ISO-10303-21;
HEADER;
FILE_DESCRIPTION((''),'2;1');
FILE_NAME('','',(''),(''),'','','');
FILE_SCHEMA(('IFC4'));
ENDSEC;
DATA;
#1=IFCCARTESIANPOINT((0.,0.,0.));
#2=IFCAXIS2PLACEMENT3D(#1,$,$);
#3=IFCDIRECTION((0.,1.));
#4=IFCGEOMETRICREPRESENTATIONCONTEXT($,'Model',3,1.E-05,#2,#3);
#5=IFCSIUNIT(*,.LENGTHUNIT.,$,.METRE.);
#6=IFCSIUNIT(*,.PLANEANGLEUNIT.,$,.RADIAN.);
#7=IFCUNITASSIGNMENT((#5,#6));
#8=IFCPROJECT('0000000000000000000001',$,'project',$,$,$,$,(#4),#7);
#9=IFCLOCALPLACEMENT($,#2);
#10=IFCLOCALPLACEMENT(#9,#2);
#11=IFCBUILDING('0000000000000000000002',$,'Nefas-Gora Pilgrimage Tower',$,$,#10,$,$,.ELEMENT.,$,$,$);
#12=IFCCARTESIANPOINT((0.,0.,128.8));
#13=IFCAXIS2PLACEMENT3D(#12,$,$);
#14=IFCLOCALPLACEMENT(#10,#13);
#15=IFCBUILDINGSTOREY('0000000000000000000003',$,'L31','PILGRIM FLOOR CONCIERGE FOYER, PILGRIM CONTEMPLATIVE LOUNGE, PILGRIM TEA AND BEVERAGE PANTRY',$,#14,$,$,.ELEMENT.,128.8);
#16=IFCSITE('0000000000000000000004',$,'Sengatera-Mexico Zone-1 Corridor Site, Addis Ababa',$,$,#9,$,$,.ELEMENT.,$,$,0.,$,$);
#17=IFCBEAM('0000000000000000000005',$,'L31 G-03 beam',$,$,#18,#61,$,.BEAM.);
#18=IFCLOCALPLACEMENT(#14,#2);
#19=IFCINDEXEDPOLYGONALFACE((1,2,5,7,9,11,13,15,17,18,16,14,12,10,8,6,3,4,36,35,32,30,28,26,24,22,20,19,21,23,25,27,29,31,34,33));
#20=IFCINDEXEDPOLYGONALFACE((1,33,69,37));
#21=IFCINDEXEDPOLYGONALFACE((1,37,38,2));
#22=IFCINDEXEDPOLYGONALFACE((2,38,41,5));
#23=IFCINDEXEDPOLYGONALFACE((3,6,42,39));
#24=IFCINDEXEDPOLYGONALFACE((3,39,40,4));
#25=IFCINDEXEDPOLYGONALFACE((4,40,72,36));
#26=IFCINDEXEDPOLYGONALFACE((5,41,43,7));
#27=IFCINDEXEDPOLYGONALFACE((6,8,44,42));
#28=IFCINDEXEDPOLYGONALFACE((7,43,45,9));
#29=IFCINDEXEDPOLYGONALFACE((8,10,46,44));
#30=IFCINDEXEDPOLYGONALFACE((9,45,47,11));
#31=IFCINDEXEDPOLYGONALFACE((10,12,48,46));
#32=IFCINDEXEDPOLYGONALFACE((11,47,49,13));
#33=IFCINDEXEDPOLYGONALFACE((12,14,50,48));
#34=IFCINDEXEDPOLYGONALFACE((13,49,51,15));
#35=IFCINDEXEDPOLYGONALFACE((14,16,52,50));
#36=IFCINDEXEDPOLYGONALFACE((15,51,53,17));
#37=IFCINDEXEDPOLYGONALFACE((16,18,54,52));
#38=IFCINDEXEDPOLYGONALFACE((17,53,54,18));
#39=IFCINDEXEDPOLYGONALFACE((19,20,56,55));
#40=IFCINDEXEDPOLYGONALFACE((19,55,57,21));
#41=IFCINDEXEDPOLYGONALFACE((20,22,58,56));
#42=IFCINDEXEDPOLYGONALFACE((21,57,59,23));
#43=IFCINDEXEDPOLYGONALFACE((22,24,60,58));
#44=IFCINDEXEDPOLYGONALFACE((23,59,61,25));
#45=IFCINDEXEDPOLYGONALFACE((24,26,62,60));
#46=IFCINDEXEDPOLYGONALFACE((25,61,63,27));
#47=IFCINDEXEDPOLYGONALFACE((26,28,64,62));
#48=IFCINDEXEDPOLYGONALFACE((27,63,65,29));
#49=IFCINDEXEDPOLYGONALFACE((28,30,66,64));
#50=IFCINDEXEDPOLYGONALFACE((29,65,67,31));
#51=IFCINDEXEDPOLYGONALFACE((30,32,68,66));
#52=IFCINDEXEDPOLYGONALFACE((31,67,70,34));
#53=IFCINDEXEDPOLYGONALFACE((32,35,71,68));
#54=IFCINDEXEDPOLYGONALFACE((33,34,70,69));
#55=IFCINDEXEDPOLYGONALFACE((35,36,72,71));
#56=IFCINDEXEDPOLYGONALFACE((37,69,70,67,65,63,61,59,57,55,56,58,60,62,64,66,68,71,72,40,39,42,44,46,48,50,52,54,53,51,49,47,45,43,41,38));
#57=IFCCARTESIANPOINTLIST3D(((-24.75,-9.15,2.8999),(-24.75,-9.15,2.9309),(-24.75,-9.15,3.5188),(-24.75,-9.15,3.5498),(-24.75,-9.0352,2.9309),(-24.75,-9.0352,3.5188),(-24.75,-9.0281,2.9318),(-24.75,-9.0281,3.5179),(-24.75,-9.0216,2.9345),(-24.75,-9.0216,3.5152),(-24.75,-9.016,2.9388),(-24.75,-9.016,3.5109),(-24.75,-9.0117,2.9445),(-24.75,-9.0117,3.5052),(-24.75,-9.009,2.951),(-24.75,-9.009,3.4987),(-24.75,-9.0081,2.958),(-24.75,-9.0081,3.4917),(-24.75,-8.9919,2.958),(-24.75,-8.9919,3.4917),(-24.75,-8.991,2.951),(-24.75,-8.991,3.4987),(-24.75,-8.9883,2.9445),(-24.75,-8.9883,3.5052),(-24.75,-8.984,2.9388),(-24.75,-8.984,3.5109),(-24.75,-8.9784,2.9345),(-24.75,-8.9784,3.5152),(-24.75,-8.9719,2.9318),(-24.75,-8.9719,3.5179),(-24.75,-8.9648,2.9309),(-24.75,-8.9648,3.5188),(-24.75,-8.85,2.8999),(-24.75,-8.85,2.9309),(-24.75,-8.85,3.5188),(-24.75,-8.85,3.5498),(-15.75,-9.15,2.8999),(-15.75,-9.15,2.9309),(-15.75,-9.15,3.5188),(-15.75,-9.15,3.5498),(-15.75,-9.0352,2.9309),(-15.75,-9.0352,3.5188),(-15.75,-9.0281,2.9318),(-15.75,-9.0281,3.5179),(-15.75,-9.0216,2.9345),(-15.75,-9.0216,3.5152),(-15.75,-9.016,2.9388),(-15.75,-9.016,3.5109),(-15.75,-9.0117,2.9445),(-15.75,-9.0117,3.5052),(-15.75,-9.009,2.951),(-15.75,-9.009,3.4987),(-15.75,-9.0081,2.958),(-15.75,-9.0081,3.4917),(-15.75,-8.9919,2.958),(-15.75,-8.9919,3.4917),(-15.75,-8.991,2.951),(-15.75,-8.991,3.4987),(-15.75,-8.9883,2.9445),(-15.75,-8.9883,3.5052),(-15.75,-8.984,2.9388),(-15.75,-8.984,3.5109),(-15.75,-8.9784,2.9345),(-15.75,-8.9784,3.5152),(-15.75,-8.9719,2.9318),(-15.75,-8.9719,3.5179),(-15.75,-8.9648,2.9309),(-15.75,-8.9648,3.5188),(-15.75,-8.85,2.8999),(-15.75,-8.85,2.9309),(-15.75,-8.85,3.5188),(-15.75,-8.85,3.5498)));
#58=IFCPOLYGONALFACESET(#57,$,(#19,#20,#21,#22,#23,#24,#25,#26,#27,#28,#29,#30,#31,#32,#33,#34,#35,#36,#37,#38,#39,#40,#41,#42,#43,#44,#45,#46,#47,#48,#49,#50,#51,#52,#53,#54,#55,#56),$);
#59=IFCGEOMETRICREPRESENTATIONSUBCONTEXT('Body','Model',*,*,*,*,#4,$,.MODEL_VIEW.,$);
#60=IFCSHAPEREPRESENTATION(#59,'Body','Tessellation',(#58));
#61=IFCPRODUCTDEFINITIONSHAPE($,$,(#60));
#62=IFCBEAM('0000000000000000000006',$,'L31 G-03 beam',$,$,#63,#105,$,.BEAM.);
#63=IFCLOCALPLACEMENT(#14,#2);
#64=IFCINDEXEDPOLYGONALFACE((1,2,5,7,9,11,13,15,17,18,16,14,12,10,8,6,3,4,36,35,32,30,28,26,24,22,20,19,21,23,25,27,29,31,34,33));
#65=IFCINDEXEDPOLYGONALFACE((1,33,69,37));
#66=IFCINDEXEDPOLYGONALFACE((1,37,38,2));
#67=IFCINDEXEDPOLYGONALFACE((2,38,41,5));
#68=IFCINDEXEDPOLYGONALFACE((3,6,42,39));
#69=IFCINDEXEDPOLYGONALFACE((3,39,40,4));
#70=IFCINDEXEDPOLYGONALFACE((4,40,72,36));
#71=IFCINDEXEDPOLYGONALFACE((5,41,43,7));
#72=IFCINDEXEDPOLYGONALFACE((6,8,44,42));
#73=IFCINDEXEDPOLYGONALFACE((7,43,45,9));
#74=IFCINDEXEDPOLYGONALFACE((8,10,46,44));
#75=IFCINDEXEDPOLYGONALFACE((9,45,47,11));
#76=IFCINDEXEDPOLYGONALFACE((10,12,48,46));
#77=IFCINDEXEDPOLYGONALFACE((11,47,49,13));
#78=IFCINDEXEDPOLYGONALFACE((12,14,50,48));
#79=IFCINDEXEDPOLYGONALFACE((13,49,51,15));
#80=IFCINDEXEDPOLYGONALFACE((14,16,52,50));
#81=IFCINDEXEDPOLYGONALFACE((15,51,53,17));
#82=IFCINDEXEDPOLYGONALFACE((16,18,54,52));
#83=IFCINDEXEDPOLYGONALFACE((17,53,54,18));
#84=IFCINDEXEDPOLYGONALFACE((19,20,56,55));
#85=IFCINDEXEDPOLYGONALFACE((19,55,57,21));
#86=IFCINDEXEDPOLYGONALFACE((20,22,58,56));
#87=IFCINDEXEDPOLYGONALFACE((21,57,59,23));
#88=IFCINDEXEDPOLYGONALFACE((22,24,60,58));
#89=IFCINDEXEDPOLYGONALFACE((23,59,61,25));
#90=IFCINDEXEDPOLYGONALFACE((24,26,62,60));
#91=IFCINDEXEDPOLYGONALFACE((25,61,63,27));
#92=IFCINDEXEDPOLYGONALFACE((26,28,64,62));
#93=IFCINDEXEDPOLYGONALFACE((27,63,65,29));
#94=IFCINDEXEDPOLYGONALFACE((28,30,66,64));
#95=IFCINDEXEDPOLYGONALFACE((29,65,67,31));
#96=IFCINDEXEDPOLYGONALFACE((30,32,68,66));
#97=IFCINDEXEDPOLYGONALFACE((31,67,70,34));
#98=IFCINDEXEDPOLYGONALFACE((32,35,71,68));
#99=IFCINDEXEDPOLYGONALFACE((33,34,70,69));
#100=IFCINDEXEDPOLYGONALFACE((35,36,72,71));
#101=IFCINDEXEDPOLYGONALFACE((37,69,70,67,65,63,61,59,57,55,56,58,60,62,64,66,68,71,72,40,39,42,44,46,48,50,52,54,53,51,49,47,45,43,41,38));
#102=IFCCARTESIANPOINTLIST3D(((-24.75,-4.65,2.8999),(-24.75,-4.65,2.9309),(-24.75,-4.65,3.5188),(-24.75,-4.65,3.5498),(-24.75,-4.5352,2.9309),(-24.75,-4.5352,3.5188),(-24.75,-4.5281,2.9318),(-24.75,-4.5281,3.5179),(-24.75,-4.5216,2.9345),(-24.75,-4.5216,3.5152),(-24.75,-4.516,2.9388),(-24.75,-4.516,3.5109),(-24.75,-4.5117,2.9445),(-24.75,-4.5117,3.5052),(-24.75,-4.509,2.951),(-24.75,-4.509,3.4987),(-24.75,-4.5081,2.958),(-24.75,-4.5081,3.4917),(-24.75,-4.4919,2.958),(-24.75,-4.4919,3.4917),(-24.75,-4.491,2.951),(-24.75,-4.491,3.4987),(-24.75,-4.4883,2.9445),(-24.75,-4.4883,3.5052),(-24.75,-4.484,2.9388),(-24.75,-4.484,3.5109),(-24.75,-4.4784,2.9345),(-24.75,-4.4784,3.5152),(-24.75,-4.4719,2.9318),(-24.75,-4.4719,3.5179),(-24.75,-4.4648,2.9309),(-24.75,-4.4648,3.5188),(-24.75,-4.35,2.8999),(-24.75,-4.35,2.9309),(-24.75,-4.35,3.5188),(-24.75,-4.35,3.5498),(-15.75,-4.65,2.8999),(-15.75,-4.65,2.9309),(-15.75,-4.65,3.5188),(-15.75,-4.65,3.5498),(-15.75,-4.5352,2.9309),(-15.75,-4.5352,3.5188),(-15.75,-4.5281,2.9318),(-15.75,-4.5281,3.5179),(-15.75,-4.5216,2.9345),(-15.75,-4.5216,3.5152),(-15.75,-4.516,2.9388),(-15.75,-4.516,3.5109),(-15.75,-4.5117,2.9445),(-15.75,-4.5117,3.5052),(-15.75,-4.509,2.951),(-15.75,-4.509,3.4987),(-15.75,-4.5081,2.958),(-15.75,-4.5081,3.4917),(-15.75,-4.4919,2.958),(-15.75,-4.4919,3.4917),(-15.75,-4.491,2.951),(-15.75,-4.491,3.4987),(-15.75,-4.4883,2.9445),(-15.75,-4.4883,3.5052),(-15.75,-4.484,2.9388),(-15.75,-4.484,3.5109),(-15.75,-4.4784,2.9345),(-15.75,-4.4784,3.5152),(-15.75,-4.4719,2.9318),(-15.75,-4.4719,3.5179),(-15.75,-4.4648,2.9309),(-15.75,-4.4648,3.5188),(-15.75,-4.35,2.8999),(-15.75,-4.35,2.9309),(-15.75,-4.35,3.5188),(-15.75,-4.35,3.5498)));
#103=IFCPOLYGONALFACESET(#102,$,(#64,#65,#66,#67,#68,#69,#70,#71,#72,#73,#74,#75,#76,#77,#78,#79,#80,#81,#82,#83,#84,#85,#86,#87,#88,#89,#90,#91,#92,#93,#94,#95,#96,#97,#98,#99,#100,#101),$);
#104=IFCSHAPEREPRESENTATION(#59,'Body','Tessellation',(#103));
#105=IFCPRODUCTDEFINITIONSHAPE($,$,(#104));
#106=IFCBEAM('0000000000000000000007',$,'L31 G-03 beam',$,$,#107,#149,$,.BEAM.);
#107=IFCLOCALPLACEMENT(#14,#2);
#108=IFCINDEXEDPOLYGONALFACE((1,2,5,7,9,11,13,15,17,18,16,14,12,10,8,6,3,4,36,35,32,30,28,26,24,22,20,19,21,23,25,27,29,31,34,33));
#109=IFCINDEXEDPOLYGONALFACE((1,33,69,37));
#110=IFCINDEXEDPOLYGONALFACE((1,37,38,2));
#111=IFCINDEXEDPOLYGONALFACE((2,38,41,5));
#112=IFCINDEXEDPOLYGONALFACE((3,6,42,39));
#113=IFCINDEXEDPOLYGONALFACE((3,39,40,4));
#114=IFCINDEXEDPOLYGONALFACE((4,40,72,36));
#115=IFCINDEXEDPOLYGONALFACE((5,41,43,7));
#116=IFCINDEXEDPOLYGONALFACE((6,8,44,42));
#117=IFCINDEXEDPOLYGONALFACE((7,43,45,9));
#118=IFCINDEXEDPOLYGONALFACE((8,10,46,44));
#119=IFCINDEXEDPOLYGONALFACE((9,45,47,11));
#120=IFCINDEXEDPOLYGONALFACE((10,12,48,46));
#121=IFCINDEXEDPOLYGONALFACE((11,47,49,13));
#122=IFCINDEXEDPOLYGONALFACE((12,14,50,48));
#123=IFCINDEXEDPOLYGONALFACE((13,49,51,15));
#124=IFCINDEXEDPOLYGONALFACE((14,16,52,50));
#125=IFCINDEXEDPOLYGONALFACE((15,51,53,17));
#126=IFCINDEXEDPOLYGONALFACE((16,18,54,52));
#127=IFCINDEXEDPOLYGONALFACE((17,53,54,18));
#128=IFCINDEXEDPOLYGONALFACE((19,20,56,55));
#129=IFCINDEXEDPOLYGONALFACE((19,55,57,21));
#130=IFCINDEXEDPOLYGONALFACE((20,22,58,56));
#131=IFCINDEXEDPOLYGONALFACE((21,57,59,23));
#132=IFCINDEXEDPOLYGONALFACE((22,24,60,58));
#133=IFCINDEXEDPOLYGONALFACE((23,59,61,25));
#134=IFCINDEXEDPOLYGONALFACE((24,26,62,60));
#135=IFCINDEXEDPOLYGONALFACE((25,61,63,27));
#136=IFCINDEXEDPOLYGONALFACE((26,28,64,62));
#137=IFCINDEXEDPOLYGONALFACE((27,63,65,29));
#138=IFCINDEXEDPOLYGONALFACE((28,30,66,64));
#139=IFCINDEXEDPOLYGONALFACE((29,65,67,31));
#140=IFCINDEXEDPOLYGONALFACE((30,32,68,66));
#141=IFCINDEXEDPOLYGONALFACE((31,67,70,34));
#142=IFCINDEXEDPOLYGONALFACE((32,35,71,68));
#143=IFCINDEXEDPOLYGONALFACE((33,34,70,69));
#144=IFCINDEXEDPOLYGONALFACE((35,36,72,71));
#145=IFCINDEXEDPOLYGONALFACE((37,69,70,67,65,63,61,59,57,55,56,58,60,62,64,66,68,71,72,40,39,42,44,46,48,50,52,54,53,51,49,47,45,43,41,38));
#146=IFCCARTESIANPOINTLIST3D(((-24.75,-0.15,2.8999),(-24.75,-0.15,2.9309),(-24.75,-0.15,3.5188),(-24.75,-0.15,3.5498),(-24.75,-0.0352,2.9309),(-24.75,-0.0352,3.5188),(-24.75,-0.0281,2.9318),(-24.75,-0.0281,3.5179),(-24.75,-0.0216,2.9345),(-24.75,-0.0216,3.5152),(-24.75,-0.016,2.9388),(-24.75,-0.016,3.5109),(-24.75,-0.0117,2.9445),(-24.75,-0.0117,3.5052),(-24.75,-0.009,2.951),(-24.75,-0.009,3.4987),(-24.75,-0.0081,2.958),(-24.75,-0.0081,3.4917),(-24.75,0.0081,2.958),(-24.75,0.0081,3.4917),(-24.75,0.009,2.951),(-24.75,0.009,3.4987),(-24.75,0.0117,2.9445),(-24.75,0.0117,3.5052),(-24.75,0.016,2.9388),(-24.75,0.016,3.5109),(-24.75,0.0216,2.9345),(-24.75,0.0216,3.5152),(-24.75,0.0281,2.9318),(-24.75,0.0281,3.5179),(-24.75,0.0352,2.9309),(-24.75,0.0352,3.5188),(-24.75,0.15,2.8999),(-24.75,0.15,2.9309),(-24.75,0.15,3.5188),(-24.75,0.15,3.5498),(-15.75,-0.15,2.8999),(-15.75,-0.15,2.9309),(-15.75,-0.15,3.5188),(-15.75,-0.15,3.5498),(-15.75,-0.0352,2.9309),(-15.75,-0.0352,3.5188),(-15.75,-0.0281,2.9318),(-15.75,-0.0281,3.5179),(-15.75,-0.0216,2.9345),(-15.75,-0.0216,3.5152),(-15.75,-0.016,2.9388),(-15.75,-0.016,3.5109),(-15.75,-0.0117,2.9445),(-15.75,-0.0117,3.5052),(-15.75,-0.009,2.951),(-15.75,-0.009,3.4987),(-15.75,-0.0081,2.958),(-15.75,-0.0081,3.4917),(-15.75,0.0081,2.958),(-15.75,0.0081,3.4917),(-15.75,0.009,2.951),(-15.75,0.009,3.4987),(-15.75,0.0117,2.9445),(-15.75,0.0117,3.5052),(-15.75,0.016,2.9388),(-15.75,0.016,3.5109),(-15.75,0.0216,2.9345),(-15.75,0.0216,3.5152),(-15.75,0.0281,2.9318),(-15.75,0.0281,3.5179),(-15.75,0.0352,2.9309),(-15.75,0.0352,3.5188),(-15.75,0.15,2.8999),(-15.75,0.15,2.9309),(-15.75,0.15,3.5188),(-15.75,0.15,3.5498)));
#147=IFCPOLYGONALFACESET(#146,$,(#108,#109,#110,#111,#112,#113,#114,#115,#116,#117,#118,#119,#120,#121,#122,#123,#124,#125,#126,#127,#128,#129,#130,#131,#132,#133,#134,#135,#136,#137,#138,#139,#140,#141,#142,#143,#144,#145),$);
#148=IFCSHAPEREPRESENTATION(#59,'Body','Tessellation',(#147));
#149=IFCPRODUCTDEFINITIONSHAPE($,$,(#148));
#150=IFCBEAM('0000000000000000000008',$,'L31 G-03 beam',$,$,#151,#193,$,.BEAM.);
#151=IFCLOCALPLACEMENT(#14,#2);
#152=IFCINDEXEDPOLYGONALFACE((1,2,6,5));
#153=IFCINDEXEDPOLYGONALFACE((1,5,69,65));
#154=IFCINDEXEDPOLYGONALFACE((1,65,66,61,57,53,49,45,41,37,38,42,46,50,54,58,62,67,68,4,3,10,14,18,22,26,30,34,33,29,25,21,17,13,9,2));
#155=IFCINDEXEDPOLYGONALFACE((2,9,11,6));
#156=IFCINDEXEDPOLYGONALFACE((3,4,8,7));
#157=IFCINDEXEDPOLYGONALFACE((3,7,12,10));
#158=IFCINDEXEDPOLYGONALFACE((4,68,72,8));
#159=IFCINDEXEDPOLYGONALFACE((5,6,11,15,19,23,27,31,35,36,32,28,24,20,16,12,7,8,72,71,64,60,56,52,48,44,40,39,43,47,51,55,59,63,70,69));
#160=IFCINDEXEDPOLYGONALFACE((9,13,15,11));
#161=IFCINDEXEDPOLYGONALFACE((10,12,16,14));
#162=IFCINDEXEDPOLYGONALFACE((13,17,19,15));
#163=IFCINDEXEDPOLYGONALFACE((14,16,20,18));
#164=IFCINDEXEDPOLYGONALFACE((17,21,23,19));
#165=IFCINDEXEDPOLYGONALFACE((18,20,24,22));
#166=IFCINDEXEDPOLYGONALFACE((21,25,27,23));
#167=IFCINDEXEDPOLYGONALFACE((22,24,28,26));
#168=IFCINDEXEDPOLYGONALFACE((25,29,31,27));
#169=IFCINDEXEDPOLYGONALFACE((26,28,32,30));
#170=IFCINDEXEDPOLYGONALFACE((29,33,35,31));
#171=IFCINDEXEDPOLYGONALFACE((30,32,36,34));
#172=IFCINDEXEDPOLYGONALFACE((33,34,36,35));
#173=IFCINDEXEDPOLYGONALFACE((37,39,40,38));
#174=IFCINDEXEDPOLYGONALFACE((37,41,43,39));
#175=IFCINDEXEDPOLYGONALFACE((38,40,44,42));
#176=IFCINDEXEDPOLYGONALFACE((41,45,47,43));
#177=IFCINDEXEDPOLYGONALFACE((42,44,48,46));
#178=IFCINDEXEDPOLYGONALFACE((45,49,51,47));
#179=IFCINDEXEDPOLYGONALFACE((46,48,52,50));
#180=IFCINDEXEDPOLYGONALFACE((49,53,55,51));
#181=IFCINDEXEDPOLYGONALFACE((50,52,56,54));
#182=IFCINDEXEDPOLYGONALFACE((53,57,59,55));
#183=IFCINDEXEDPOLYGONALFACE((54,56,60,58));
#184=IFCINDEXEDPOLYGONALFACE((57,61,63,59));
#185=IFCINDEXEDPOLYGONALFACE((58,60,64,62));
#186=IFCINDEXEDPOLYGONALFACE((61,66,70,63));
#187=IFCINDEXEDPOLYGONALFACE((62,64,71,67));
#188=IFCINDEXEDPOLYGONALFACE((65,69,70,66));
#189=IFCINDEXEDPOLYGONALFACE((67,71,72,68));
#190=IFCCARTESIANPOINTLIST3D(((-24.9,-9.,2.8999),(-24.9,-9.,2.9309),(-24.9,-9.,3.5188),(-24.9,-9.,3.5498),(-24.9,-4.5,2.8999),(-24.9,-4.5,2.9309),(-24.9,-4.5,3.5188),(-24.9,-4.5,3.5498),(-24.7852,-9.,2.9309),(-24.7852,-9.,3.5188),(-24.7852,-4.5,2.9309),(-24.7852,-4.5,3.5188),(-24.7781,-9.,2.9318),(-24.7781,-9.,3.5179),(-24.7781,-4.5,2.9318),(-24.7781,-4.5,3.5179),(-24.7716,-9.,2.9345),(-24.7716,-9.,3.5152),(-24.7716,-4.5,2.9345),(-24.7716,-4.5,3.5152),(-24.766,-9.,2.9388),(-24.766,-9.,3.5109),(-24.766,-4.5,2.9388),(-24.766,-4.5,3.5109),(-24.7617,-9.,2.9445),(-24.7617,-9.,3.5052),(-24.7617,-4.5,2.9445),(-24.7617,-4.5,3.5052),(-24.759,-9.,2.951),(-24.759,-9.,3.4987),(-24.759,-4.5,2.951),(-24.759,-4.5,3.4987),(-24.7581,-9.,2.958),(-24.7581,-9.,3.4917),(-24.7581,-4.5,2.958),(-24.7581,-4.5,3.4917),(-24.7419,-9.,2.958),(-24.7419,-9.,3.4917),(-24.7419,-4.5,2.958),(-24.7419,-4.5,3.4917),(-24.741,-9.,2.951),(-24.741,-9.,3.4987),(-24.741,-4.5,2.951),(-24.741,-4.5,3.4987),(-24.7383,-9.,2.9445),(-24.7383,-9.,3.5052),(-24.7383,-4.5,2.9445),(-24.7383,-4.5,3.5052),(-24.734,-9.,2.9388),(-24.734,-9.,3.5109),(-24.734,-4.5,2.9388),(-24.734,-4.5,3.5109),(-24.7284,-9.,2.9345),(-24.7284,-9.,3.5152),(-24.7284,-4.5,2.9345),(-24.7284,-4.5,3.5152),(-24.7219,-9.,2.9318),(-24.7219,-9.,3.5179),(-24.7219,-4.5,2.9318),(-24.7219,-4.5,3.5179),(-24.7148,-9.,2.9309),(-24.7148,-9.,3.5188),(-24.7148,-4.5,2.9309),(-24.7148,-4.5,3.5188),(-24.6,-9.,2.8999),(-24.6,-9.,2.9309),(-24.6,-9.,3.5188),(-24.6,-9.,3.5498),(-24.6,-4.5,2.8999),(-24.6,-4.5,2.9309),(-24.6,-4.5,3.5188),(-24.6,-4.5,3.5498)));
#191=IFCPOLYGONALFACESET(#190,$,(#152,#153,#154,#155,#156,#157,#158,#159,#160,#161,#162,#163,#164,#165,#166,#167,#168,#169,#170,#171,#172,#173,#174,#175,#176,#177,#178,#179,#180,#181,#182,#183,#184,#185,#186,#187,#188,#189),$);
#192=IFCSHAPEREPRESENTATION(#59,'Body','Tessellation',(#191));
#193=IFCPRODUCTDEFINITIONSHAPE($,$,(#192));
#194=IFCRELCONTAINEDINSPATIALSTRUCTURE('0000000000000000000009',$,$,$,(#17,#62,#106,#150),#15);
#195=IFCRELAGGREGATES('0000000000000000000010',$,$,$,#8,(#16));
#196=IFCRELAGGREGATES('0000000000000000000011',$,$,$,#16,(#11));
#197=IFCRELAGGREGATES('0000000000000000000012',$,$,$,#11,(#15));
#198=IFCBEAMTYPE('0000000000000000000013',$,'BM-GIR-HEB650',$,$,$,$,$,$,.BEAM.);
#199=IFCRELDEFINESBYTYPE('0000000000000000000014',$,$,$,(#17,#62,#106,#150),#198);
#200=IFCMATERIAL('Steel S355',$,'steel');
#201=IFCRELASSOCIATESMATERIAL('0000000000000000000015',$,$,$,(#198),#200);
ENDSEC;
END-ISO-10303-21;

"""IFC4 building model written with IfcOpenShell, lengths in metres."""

from ifc_helpers import new_model, si_unit, direction, frame, origin, origin_2d, place, context, subcontext, project, spatial, i_section, extrude, source, transform, mapped, material, material_profile, profile_set, type_object, element, save


model = new_model("IFC4")

# Units and contexts
model_context = context("Model", 3, precision=1e-05, world=origin(), true_north=direction((0.0, 1.0)))
body_context = subcontext(model_context, "Body", "Model", "MODEL_VIEW")
ifc_project = project(units=[si_unit("LENGTHUNIT", "METRE"), si_unit("PLANEANGLEUNIT", "RADIAN")], contexts=[model_context])

# Site, building, storey
site_placement = place(None, origin())
site = spatial("IfcSite", under=ifc_project, at=site_placement, Name="Sengatera-Mexico Zone-1 Corridor Site, Addis Ababa", CompositionType="ELEMENT", RefElevation=0.0)
building_placement = place(site_placement, origin())
building = spatial("IfcBuilding", under=site, at=building_placement, Name="Nefas-Gora Pilgrimage Tower", CompositionType="ELEMENT")
storey_placement = place(building_placement, frame((0.0, 0.0, 128.8)))
storey = spatial("IfcBuildingStorey", under=building, at=storey_placement, Name="L31", Description="PILGRIM FLOOR CONCIERGE FOYER, PILGRIM CONTEMPLATIVE LOUNGE, PILGRIM TEA AND BEVERAGE PANTRY", CompositionType="ELEMENT", Elevation=128.8)

# Beams
ifc_material_1 = material(Name="Steel S355", Category="steel")
ifc_material_profile_1 = material_profile(ifc_material_1, i_section(OverallWidth=0.3, OverallDepth=0.6499, WebThickness=0.0161, FlangeThickness=0.031, FilletRadius=0.0271, at=origin_2d()), Name="HEB 650")
ifc_profile_set_1 = profile_set([ifc_material_profile_1], Name="Steel S355")
beam_type_1 = type_object("IfcBeamType", Name="BM-GIR-HEB650", PredefinedType="BEAM", material=ifc_profile_set_1)
shared_shape_1 = source(origin(), body_context, "Body", "SweptSolid", [
    extrude(i_section(OverallWidth=0.3, OverallDepth=0.6499, WebThickness=0.0161, FlangeThickness=0.031, FilletRadius=0.0271, at=origin_2d()), origin(), (0.0, 0.0, 1.0), 9.0),
])
for number, where, z_axis, x_axis, name in (
    (1, (-24.75, -9.0, 3.2249), (1.0, 0.0, 0.0), (0.0, 1.0, 0.0), "L31 G-03 beam"),
    (2, (-24.75, -4.5, 3.2249), (1.0, 0.0, 0.0), (0.0, 1.0, 0.0), "L31 G-03 beam"),
    (3, (-24.75, 0.0, 3.2249), (1.0, 0.0, 0.0), (0.0, 1.0, 0.0), "L31 G-03 beam"),
):
    element("IfcBeam", number, at=place(storey_placement, frame(where, z_axis=z_axis, x_axis=x_axis)), inside=storey, type_object=beam_type_1, Name=name, PredefinedType="BEAM", context=body_context, shape_type="MappedRepresentation", body=[
        mapped(shared_shape_1, transform((0.0, 0.0, 0.0), x_axis=(1.0, 0.0, 0.0), y_axis=(0.0, 1.0, 0.0), z_axis=(0.0, 0.0, 1.0), scale=1.0)),
    ])
shared_shape_2 = source(origin(), body_context, "Body", "SweptSolid", [
    extrude(i_section(OverallWidth=0.3, OverallDepth=0.6499, WebThickness=0.0161, FlangeThickness=0.031, FilletRadius=0.0271, at=origin_2d()), origin(), (0.0, 0.0, 1.0), 4.5),
])
for number, where, z_axis, x_axis, name in (
    (4, (-24.75, -9.0, 3.2249), (0.0, 1.0, 0.0), (-1.0, 0.0, 0.0), "L31 G-03 beam"),
):
    element("IfcBeam", number, at=place(storey_placement, frame(where, z_axis=z_axis, x_axis=x_axis)), inside=storey, type_object=beam_type_1, Name=name, PredefinedType="BEAM", context=body_context, shape_type="MappedRepresentation", body=[
        mapped(shared_shape_2, transform((0.0, 0.0, 0.0), x_axis=(1.0, 0.0, 0.0), y_axis=(0.0, 1.0, 0.0), z_axis=(0.0, 0.0, 1.0), scale=1.0)),
    ])

save(model, "model.ifc")
